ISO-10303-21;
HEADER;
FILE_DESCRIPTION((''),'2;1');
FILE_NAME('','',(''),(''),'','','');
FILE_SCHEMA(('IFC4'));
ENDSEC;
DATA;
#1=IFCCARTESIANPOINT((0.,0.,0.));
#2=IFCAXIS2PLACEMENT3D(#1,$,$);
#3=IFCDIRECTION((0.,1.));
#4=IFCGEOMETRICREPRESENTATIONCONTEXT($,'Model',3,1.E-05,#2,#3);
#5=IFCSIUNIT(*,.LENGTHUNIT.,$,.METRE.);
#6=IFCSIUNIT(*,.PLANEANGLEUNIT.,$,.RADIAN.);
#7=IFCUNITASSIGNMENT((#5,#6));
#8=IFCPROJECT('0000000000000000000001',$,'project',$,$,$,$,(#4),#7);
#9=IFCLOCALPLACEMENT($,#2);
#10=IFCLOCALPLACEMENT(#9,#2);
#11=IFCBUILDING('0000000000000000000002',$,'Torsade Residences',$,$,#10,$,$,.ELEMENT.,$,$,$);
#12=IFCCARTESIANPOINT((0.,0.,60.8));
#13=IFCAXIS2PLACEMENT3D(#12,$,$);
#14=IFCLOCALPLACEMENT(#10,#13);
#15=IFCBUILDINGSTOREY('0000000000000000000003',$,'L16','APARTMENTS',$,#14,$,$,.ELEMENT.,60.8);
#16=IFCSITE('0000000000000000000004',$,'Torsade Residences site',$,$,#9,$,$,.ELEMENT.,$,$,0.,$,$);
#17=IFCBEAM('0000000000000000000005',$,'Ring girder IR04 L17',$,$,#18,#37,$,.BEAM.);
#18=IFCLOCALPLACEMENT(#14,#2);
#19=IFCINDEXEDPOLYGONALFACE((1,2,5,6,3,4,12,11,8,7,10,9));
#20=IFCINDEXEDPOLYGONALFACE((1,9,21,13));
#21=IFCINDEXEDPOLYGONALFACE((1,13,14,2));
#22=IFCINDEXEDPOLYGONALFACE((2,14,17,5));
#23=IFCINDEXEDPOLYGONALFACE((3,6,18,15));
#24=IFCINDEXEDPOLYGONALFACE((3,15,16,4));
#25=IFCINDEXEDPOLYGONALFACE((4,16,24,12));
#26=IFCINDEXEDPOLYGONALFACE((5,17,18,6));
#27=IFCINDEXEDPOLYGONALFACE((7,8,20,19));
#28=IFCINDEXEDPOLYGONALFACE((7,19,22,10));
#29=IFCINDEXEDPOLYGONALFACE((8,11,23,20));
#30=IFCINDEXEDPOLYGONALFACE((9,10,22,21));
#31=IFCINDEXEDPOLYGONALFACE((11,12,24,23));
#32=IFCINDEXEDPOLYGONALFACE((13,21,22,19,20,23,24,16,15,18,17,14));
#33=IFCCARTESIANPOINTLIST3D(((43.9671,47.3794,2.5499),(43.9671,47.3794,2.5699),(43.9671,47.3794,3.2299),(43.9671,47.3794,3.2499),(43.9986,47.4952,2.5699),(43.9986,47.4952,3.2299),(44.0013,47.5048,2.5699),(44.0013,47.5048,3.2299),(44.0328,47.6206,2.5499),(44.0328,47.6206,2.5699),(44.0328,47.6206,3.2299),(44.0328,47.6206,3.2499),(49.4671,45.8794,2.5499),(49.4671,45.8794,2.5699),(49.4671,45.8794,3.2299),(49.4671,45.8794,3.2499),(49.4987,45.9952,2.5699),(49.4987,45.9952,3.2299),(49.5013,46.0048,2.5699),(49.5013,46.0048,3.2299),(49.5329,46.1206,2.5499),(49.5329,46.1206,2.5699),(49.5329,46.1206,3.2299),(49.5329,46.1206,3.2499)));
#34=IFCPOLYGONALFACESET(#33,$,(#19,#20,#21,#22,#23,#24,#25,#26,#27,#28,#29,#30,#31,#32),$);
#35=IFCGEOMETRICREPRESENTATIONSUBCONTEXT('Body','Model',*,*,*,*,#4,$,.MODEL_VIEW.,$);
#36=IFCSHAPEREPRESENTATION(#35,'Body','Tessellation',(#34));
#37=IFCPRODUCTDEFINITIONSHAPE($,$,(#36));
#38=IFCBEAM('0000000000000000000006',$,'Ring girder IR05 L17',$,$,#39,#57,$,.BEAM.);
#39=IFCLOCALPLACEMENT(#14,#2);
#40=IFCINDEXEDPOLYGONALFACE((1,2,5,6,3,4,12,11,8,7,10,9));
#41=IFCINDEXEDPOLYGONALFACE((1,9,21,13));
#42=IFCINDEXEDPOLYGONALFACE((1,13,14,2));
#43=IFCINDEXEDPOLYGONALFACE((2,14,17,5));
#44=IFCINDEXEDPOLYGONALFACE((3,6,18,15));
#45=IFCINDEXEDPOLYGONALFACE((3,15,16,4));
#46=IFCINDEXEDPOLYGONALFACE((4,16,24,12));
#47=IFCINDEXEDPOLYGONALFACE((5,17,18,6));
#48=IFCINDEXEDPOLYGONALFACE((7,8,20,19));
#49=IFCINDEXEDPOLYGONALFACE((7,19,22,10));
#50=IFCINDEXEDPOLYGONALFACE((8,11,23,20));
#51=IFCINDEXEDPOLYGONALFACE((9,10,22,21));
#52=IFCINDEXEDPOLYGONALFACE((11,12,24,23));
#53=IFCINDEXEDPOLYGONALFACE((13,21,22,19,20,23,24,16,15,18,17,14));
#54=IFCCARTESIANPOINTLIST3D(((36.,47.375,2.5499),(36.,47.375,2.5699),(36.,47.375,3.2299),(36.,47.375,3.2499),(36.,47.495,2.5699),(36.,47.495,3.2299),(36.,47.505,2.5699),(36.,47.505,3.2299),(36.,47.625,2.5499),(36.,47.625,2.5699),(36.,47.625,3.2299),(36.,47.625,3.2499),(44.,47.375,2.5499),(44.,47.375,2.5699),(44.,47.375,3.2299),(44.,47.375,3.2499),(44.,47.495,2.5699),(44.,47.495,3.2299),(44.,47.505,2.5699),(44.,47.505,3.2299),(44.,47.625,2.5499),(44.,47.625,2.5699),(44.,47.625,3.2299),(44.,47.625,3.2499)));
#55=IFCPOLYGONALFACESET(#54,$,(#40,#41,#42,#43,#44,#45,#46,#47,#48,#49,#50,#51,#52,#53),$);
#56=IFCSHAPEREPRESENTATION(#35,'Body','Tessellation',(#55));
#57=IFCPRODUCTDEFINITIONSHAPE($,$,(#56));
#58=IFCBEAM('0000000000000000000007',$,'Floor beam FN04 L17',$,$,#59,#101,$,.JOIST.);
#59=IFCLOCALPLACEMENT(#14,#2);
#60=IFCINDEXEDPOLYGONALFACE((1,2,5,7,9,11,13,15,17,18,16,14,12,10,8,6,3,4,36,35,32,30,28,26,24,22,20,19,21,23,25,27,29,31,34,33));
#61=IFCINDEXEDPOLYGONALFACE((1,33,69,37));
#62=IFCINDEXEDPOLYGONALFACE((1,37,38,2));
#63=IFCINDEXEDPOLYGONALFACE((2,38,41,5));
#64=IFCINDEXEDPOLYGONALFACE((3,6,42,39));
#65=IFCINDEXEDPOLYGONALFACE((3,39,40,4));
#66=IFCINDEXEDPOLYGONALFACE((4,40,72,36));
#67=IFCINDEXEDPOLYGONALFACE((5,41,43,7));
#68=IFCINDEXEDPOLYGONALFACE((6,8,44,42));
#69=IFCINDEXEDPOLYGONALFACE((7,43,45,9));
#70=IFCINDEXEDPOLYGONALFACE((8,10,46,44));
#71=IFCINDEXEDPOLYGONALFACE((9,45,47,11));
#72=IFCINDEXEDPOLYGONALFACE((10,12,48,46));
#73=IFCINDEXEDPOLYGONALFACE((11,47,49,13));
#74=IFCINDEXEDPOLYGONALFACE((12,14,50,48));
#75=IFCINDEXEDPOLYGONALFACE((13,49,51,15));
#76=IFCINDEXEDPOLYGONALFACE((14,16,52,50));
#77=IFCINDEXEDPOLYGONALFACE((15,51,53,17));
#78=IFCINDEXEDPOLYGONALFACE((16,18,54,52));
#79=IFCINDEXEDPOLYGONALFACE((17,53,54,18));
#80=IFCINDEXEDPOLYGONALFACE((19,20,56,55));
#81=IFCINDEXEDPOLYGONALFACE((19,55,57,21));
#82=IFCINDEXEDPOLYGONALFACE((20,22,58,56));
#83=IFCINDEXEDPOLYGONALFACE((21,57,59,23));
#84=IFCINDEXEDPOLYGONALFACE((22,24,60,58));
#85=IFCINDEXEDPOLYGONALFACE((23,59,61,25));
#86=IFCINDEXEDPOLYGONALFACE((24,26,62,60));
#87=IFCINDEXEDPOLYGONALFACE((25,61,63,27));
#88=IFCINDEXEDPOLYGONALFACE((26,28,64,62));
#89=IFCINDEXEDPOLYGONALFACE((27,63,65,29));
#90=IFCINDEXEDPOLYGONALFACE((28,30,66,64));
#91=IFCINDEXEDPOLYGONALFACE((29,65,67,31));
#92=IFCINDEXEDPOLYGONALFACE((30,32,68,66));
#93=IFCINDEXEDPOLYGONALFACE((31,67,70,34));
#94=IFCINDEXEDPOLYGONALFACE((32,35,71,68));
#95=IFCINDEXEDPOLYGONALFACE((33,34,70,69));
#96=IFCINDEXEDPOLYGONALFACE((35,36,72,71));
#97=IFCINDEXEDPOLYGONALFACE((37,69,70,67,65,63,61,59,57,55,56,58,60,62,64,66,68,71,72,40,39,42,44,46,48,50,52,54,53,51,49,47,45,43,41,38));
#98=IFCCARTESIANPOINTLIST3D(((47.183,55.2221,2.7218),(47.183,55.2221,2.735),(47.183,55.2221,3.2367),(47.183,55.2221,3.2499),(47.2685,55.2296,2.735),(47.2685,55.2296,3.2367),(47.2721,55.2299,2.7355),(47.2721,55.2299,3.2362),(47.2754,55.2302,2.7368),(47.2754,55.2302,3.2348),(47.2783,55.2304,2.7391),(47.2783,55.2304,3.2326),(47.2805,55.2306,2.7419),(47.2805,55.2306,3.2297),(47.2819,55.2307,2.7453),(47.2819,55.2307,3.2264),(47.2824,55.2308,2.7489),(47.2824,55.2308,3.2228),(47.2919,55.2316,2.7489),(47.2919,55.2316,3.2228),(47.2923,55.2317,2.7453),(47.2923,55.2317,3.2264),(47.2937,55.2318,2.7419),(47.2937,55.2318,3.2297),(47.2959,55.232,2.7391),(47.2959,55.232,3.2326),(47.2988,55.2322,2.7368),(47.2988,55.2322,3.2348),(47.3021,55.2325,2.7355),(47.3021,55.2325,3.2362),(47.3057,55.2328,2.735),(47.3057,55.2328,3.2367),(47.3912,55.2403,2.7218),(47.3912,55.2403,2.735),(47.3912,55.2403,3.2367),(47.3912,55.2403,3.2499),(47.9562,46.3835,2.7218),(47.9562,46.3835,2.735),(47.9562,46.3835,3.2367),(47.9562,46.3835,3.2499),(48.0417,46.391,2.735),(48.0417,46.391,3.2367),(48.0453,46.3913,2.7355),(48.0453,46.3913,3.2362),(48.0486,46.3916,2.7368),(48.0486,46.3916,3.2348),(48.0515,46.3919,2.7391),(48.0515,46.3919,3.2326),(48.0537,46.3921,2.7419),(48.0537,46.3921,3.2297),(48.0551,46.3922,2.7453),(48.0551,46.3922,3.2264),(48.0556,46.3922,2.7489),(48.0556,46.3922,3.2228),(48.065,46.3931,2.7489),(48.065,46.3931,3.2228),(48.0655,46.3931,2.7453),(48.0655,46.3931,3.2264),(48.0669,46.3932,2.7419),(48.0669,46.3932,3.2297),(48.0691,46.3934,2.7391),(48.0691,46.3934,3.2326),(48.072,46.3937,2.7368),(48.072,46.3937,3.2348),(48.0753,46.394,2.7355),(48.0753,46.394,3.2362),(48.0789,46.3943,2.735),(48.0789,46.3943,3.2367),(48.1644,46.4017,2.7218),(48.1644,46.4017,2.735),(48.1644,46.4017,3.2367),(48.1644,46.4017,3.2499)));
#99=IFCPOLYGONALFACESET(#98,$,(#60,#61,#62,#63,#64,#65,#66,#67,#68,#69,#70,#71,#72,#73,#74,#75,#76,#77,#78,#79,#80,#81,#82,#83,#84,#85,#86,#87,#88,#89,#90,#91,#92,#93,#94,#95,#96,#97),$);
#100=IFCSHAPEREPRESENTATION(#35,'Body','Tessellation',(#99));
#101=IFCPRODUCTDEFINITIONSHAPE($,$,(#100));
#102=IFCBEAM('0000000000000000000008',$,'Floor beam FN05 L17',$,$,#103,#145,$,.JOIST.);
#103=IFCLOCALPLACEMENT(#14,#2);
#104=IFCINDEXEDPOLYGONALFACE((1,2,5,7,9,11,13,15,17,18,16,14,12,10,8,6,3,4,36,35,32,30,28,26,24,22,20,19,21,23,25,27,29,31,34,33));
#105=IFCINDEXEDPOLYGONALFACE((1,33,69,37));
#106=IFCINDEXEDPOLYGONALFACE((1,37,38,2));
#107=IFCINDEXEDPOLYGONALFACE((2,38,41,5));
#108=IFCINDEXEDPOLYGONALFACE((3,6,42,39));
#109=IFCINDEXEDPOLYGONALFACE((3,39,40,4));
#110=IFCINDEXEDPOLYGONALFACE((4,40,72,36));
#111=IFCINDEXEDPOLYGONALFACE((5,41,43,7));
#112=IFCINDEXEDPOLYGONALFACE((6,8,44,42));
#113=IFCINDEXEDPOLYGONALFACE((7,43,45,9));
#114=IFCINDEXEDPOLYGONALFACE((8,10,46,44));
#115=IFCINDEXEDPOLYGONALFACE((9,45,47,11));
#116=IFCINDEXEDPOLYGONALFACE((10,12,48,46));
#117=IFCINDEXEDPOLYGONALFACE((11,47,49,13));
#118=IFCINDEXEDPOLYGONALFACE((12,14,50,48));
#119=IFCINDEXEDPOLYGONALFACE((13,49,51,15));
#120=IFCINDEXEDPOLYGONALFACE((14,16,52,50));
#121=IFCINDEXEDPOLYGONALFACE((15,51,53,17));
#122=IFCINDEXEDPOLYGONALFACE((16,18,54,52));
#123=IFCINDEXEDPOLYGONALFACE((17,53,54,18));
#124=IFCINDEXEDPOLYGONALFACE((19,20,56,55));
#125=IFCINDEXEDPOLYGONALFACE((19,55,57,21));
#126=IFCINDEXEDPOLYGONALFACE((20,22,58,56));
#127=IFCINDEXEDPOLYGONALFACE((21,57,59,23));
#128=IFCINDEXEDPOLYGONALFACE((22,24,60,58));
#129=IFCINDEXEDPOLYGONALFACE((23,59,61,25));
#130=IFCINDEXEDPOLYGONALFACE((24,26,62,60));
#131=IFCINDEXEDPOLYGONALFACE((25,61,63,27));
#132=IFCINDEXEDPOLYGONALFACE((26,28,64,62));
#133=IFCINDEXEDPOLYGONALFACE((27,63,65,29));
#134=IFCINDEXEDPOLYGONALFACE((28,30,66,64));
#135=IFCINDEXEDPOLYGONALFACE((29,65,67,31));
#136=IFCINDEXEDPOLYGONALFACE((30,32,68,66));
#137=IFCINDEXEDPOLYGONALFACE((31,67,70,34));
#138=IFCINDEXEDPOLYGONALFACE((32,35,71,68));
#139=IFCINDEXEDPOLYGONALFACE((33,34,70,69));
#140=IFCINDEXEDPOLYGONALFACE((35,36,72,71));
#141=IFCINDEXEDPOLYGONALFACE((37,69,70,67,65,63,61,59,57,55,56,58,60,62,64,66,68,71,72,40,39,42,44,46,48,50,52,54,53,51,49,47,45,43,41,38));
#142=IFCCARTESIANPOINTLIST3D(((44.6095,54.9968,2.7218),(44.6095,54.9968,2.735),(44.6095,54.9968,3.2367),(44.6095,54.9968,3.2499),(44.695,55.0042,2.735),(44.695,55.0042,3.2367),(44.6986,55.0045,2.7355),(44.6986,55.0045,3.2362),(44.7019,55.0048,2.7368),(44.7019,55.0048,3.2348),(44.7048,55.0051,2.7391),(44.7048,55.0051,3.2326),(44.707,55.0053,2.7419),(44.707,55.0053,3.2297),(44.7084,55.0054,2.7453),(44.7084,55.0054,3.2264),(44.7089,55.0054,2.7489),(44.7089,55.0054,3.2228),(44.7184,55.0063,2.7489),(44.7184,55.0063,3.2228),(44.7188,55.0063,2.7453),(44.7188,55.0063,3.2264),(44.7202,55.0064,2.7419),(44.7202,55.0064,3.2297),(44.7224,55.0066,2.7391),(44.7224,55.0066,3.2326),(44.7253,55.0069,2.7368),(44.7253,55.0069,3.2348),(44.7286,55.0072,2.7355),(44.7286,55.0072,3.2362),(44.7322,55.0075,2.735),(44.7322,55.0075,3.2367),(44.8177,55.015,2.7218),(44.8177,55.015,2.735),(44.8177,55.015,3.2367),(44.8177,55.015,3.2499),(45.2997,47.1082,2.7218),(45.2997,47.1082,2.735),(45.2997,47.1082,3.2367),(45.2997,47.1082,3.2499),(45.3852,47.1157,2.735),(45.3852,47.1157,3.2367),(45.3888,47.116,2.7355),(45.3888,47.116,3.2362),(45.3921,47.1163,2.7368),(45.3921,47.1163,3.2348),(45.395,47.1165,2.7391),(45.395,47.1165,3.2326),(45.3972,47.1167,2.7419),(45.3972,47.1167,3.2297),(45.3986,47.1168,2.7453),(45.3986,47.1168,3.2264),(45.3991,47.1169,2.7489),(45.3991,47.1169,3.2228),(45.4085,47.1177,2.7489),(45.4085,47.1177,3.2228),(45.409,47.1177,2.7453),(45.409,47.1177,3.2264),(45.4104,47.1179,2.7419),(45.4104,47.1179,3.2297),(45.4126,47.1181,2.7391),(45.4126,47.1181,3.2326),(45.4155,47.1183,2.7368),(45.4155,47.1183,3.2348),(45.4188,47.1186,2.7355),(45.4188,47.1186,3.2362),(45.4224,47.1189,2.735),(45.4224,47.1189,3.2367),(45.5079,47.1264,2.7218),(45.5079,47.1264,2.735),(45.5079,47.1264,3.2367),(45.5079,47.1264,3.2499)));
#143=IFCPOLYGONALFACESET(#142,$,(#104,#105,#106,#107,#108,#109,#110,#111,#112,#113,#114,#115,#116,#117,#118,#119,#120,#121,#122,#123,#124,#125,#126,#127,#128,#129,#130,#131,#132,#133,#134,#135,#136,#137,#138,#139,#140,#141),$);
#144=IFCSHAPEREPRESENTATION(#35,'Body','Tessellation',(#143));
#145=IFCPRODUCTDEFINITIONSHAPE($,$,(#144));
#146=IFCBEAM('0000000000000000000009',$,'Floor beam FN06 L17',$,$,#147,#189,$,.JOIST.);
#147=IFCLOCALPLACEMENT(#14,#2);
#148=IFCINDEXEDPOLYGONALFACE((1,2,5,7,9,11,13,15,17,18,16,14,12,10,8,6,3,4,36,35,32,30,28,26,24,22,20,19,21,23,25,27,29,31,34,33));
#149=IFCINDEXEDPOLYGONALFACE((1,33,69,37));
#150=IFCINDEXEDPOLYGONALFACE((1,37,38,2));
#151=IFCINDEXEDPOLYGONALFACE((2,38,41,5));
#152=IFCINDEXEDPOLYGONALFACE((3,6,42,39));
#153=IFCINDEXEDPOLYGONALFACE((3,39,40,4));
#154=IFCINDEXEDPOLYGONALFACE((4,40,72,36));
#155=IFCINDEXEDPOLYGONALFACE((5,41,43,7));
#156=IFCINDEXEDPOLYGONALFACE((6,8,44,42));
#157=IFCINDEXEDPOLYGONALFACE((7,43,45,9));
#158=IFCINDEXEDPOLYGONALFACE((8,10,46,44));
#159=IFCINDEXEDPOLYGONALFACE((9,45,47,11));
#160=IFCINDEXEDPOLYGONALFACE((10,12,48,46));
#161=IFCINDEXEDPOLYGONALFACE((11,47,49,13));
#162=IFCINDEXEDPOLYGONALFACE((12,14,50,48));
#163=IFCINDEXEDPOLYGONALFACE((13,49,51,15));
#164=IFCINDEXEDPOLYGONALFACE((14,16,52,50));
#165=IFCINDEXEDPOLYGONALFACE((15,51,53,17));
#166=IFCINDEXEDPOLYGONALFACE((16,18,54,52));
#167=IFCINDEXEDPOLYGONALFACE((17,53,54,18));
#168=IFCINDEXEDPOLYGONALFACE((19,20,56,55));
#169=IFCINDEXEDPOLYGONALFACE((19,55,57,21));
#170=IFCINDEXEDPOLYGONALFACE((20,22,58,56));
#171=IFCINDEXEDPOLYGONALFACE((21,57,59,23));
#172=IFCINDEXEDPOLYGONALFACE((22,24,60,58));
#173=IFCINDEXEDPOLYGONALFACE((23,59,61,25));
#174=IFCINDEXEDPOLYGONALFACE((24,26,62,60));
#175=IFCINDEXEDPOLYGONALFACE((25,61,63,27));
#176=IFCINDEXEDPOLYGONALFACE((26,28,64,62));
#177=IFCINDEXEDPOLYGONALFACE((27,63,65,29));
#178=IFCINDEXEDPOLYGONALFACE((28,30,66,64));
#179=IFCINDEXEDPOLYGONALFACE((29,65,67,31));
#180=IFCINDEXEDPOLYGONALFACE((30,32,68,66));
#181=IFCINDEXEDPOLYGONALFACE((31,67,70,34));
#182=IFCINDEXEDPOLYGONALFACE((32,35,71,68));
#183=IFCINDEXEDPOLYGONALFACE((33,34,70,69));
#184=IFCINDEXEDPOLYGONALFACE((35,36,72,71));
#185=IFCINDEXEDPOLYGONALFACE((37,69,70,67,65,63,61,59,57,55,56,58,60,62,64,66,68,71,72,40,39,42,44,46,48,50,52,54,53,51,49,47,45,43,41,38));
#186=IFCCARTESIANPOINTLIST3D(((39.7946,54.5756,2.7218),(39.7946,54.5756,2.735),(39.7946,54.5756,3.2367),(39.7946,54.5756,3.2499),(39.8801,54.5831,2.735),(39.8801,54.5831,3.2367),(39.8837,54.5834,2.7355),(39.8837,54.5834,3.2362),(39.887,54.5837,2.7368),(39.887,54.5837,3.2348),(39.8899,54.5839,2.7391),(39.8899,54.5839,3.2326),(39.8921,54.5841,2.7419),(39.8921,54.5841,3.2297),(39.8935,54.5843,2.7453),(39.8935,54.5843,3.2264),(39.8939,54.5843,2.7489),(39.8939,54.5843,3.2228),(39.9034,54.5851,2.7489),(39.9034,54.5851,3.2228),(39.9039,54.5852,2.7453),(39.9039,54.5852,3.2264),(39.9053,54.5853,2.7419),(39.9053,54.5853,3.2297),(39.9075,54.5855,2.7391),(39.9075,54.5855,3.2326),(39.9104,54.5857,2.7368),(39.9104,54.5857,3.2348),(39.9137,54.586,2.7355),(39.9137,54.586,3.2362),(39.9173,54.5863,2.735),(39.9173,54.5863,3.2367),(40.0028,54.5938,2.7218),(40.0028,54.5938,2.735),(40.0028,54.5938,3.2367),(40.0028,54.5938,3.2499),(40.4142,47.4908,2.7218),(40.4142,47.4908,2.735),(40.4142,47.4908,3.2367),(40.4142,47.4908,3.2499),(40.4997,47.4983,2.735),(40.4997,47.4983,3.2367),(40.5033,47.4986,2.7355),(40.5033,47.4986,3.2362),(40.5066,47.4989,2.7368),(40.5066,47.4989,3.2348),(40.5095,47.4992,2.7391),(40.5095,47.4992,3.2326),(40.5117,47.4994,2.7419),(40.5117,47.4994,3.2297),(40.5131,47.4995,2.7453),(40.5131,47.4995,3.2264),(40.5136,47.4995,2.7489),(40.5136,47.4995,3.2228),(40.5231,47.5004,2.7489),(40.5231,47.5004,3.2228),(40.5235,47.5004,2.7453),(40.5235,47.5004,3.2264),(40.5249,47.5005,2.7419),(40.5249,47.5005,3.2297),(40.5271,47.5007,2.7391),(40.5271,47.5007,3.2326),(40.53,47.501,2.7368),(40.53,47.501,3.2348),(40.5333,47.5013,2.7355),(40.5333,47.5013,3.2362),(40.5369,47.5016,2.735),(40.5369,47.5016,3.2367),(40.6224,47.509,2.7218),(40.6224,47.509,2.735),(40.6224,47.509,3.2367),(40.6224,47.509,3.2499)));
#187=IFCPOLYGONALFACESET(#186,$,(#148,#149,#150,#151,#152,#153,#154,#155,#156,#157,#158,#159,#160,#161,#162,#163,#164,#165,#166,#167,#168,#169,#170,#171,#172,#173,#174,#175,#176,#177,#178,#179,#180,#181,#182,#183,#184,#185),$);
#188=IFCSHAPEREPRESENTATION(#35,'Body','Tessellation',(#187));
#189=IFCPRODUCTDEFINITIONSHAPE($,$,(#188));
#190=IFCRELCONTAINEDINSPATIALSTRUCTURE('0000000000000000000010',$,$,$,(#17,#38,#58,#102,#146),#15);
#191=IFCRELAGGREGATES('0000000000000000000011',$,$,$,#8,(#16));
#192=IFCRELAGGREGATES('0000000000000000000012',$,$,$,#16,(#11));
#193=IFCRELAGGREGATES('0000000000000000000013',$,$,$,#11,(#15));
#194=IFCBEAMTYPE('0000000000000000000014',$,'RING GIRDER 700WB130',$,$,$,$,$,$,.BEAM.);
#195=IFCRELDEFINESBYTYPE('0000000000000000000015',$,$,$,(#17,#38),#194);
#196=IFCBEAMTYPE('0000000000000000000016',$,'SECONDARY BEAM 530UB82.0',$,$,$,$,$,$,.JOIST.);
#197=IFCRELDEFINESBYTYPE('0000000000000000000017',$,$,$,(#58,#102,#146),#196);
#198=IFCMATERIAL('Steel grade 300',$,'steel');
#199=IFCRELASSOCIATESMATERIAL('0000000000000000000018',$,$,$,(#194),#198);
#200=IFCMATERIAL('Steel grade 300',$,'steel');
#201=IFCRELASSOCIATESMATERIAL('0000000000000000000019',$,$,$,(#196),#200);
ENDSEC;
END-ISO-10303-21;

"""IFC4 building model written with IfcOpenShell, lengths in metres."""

from ifc_helpers import new_model, si_unit, direction, frame, origin, origin_2d, place, context, subcontext, project, spatial, i_section, extrude, material, material_profile, profile_set, type_object, element, save


model = new_model("IFC4")

# Units and contexts
model_context = context("Model", 3, precision=1e-05, world=origin(), true_north=direction((0.0, 1.0)))
body_context = subcontext(model_context, "Body", "Model", "MODEL_VIEW")
ifc_project = project(units=[si_unit("LENGTHUNIT", "METRE"), si_unit("PLANEANGLEUNIT", "RADIAN")], contexts=[model_context])

# Site, building, storey
site_placement = place(None, origin())
site = spatial("IfcSite", under=ifc_project, at=site_placement, Name="Torsade Residences site", CompositionType="ELEMENT", RefElevation=0.0)
building_placement = place(site_placement, origin())
building = spatial("IfcBuilding", under=site, at=building_placement, Name="Torsade Residences", CompositionType="ELEMENT")
storey_placement = place(building_placement, frame((0.0, 0.0, 60.8)))
storey = spatial("IfcBuildingStorey", under=building, at=storey_placement, Name="L16", Description="APARTMENTS", CompositionType="ELEMENT", Elevation=60.8)

# Beams
ifc_material_1 = material(Name="Steel grade 300", Category="steel")
ifc_material_profile_1 = material_profile(ifc_material_1, i_section(OverallWidth=0.25, OverallDepth=0.7, WebThickness=0.01, FlangeThickness=0.02, at=origin_2d()), Name="700WB130")
ifc_profile_set_1 = profile_set([ifc_material_profile_1], Name="Steel grade 300")
beam_type_1 = type_object("IfcBeamType", Name="RING GIRDER 700WB130", PredefinedType="BEAM", material=ifc_profile_set_1)
beam_1_placement = place(storey_placement, frame((49.5, 46.0, 2.8999), z_axis=(-0.964764, 0.263117, 0.0), x_axis=(-0.263117, -0.964764, 0.0)))
element("IfcBeam", 1, at=beam_1_placement, inside=storey, type_object=beam_type_1, Name="Ring girder IR04 L17", PredefinedType="BEAM", context=body_context, shape_type="SweptSolid", body=[
    extrude(i_section(OverallWidth=0.25, OverallDepth=0.7, WebThickness=0.01, FlangeThickness=0.02, at=origin_2d()), origin(), (0.0, 0.0, 1.0), 5.7009),
])
beam_2_placement = place(storey_placement, frame((44.0, 47.5, 2.8999), z_axis=(-1.0, 0.0, 0.0), x_axis=(0.0, -1.0, 0.0)))
element("IfcBeam", 2, at=beam_2_placement, inside=storey, type_object=beam_type_1, Name="Ring girder IR05 L17", PredefinedType="BEAM", context=body_context, shape_type="SweptSolid", body=[
    extrude(i_section(OverallWidth=0.25, OverallDepth=0.7, WebThickness=0.01, FlangeThickness=0.02, at=origin_2d()), origin(), (0.0, 0.0, 1.0), 8.0),
])
ifc_material_2 = material(Name="Steel grade 300", Category="steel")
ifc_material_profile_2 = material_profile(ifc_material_2, i_section(OverallWidth=0.209, OverallDepth=0.5281, WebThickness=0.0095, FlangeThickness=0.0132, FilletRadius=0.0139, at=origin_2d()), Name="530UB82.0")
ifc_profile_set_2 = profile_set([ifc_material_profile_2], Name="Steel grade 300")
beam_type_2 = type_object("IfcBeamType", Name="SECONDARY BEAM 530UB82.0", PredefinedType="JOIST", material=ifc_profile_set_2)
beam_3_placement = place(storey_placement, frame((47.2871, 55.2312, 2.9858), z_axis=(0.087146, -0.996196, 0.0), x_axis=(0.996196, 0.087146, 0.0)))
element("IfcBeam", 3, at=beam_3_placement, inside=storey, type_object=beam_type_2, Name="Floor beam FN04 L17", PredefinedType="JOIST", context=body_context, shape_type="SweptSolid", body=[
    extrude(i_section(OverallWidth=0.209, OverallDepth=0.5281, WebThickness=0.0095, FlangeThickness=0.0132, FilletRadius=0.0139, at=origin_2d()), origin(), (0.0, 0.0, 1.0), 8.8723),
])
beam_4_placement = place(storey_placement, frame((44.7136, 55.0059, 2.9858), z_axis=(0.087158, -0.996195, 0.0), x_axis=(0.996195, 0.087158, 0.0)))
element("IfcBeam", 4, at=beam_4_placement, inside=storey, type_object=beam_type_2, Name="Floor beam FN05 L17", PredefinedType="JOIST", context=body_context, shape_type="SweptSolid", body=[
    extrude(i_section(OverallWidth=0.209, OverallDepth=0.5281, WebThickness=0.0095, FlangeThickness=0.0132, FilletRadius=0.0139, at=origin_2d()), origin(), (0.0, 0.0, 1.0), 7.9187),
])
beam_5_placement = place(storey_placement, frame((39.8987, 54.5847, 2.9858), z_axis=(0.087127, -0.996197, 0.0), x_axis=(0.996197, 0.087127, 0.0)))
element("IfcBeam", 5, at=beam_5_placement, inside=storey, type_object=beam_type_2, Name="Floor beam FN06 L17", PredefinedType="JOIST", context=body_context, shape_type="SweptSolid", body=[
    extrude(i_section(OverallWidth=0.209, OverallDepth=0.5281, WebThickness=0.0095, FlangeThickness=0.0132, FilletRadius=0.0139, at=origin_2d()), origin(), (0.0, 0.0, 1.0), 7.1118),
])

save(model, "model.ifc")
